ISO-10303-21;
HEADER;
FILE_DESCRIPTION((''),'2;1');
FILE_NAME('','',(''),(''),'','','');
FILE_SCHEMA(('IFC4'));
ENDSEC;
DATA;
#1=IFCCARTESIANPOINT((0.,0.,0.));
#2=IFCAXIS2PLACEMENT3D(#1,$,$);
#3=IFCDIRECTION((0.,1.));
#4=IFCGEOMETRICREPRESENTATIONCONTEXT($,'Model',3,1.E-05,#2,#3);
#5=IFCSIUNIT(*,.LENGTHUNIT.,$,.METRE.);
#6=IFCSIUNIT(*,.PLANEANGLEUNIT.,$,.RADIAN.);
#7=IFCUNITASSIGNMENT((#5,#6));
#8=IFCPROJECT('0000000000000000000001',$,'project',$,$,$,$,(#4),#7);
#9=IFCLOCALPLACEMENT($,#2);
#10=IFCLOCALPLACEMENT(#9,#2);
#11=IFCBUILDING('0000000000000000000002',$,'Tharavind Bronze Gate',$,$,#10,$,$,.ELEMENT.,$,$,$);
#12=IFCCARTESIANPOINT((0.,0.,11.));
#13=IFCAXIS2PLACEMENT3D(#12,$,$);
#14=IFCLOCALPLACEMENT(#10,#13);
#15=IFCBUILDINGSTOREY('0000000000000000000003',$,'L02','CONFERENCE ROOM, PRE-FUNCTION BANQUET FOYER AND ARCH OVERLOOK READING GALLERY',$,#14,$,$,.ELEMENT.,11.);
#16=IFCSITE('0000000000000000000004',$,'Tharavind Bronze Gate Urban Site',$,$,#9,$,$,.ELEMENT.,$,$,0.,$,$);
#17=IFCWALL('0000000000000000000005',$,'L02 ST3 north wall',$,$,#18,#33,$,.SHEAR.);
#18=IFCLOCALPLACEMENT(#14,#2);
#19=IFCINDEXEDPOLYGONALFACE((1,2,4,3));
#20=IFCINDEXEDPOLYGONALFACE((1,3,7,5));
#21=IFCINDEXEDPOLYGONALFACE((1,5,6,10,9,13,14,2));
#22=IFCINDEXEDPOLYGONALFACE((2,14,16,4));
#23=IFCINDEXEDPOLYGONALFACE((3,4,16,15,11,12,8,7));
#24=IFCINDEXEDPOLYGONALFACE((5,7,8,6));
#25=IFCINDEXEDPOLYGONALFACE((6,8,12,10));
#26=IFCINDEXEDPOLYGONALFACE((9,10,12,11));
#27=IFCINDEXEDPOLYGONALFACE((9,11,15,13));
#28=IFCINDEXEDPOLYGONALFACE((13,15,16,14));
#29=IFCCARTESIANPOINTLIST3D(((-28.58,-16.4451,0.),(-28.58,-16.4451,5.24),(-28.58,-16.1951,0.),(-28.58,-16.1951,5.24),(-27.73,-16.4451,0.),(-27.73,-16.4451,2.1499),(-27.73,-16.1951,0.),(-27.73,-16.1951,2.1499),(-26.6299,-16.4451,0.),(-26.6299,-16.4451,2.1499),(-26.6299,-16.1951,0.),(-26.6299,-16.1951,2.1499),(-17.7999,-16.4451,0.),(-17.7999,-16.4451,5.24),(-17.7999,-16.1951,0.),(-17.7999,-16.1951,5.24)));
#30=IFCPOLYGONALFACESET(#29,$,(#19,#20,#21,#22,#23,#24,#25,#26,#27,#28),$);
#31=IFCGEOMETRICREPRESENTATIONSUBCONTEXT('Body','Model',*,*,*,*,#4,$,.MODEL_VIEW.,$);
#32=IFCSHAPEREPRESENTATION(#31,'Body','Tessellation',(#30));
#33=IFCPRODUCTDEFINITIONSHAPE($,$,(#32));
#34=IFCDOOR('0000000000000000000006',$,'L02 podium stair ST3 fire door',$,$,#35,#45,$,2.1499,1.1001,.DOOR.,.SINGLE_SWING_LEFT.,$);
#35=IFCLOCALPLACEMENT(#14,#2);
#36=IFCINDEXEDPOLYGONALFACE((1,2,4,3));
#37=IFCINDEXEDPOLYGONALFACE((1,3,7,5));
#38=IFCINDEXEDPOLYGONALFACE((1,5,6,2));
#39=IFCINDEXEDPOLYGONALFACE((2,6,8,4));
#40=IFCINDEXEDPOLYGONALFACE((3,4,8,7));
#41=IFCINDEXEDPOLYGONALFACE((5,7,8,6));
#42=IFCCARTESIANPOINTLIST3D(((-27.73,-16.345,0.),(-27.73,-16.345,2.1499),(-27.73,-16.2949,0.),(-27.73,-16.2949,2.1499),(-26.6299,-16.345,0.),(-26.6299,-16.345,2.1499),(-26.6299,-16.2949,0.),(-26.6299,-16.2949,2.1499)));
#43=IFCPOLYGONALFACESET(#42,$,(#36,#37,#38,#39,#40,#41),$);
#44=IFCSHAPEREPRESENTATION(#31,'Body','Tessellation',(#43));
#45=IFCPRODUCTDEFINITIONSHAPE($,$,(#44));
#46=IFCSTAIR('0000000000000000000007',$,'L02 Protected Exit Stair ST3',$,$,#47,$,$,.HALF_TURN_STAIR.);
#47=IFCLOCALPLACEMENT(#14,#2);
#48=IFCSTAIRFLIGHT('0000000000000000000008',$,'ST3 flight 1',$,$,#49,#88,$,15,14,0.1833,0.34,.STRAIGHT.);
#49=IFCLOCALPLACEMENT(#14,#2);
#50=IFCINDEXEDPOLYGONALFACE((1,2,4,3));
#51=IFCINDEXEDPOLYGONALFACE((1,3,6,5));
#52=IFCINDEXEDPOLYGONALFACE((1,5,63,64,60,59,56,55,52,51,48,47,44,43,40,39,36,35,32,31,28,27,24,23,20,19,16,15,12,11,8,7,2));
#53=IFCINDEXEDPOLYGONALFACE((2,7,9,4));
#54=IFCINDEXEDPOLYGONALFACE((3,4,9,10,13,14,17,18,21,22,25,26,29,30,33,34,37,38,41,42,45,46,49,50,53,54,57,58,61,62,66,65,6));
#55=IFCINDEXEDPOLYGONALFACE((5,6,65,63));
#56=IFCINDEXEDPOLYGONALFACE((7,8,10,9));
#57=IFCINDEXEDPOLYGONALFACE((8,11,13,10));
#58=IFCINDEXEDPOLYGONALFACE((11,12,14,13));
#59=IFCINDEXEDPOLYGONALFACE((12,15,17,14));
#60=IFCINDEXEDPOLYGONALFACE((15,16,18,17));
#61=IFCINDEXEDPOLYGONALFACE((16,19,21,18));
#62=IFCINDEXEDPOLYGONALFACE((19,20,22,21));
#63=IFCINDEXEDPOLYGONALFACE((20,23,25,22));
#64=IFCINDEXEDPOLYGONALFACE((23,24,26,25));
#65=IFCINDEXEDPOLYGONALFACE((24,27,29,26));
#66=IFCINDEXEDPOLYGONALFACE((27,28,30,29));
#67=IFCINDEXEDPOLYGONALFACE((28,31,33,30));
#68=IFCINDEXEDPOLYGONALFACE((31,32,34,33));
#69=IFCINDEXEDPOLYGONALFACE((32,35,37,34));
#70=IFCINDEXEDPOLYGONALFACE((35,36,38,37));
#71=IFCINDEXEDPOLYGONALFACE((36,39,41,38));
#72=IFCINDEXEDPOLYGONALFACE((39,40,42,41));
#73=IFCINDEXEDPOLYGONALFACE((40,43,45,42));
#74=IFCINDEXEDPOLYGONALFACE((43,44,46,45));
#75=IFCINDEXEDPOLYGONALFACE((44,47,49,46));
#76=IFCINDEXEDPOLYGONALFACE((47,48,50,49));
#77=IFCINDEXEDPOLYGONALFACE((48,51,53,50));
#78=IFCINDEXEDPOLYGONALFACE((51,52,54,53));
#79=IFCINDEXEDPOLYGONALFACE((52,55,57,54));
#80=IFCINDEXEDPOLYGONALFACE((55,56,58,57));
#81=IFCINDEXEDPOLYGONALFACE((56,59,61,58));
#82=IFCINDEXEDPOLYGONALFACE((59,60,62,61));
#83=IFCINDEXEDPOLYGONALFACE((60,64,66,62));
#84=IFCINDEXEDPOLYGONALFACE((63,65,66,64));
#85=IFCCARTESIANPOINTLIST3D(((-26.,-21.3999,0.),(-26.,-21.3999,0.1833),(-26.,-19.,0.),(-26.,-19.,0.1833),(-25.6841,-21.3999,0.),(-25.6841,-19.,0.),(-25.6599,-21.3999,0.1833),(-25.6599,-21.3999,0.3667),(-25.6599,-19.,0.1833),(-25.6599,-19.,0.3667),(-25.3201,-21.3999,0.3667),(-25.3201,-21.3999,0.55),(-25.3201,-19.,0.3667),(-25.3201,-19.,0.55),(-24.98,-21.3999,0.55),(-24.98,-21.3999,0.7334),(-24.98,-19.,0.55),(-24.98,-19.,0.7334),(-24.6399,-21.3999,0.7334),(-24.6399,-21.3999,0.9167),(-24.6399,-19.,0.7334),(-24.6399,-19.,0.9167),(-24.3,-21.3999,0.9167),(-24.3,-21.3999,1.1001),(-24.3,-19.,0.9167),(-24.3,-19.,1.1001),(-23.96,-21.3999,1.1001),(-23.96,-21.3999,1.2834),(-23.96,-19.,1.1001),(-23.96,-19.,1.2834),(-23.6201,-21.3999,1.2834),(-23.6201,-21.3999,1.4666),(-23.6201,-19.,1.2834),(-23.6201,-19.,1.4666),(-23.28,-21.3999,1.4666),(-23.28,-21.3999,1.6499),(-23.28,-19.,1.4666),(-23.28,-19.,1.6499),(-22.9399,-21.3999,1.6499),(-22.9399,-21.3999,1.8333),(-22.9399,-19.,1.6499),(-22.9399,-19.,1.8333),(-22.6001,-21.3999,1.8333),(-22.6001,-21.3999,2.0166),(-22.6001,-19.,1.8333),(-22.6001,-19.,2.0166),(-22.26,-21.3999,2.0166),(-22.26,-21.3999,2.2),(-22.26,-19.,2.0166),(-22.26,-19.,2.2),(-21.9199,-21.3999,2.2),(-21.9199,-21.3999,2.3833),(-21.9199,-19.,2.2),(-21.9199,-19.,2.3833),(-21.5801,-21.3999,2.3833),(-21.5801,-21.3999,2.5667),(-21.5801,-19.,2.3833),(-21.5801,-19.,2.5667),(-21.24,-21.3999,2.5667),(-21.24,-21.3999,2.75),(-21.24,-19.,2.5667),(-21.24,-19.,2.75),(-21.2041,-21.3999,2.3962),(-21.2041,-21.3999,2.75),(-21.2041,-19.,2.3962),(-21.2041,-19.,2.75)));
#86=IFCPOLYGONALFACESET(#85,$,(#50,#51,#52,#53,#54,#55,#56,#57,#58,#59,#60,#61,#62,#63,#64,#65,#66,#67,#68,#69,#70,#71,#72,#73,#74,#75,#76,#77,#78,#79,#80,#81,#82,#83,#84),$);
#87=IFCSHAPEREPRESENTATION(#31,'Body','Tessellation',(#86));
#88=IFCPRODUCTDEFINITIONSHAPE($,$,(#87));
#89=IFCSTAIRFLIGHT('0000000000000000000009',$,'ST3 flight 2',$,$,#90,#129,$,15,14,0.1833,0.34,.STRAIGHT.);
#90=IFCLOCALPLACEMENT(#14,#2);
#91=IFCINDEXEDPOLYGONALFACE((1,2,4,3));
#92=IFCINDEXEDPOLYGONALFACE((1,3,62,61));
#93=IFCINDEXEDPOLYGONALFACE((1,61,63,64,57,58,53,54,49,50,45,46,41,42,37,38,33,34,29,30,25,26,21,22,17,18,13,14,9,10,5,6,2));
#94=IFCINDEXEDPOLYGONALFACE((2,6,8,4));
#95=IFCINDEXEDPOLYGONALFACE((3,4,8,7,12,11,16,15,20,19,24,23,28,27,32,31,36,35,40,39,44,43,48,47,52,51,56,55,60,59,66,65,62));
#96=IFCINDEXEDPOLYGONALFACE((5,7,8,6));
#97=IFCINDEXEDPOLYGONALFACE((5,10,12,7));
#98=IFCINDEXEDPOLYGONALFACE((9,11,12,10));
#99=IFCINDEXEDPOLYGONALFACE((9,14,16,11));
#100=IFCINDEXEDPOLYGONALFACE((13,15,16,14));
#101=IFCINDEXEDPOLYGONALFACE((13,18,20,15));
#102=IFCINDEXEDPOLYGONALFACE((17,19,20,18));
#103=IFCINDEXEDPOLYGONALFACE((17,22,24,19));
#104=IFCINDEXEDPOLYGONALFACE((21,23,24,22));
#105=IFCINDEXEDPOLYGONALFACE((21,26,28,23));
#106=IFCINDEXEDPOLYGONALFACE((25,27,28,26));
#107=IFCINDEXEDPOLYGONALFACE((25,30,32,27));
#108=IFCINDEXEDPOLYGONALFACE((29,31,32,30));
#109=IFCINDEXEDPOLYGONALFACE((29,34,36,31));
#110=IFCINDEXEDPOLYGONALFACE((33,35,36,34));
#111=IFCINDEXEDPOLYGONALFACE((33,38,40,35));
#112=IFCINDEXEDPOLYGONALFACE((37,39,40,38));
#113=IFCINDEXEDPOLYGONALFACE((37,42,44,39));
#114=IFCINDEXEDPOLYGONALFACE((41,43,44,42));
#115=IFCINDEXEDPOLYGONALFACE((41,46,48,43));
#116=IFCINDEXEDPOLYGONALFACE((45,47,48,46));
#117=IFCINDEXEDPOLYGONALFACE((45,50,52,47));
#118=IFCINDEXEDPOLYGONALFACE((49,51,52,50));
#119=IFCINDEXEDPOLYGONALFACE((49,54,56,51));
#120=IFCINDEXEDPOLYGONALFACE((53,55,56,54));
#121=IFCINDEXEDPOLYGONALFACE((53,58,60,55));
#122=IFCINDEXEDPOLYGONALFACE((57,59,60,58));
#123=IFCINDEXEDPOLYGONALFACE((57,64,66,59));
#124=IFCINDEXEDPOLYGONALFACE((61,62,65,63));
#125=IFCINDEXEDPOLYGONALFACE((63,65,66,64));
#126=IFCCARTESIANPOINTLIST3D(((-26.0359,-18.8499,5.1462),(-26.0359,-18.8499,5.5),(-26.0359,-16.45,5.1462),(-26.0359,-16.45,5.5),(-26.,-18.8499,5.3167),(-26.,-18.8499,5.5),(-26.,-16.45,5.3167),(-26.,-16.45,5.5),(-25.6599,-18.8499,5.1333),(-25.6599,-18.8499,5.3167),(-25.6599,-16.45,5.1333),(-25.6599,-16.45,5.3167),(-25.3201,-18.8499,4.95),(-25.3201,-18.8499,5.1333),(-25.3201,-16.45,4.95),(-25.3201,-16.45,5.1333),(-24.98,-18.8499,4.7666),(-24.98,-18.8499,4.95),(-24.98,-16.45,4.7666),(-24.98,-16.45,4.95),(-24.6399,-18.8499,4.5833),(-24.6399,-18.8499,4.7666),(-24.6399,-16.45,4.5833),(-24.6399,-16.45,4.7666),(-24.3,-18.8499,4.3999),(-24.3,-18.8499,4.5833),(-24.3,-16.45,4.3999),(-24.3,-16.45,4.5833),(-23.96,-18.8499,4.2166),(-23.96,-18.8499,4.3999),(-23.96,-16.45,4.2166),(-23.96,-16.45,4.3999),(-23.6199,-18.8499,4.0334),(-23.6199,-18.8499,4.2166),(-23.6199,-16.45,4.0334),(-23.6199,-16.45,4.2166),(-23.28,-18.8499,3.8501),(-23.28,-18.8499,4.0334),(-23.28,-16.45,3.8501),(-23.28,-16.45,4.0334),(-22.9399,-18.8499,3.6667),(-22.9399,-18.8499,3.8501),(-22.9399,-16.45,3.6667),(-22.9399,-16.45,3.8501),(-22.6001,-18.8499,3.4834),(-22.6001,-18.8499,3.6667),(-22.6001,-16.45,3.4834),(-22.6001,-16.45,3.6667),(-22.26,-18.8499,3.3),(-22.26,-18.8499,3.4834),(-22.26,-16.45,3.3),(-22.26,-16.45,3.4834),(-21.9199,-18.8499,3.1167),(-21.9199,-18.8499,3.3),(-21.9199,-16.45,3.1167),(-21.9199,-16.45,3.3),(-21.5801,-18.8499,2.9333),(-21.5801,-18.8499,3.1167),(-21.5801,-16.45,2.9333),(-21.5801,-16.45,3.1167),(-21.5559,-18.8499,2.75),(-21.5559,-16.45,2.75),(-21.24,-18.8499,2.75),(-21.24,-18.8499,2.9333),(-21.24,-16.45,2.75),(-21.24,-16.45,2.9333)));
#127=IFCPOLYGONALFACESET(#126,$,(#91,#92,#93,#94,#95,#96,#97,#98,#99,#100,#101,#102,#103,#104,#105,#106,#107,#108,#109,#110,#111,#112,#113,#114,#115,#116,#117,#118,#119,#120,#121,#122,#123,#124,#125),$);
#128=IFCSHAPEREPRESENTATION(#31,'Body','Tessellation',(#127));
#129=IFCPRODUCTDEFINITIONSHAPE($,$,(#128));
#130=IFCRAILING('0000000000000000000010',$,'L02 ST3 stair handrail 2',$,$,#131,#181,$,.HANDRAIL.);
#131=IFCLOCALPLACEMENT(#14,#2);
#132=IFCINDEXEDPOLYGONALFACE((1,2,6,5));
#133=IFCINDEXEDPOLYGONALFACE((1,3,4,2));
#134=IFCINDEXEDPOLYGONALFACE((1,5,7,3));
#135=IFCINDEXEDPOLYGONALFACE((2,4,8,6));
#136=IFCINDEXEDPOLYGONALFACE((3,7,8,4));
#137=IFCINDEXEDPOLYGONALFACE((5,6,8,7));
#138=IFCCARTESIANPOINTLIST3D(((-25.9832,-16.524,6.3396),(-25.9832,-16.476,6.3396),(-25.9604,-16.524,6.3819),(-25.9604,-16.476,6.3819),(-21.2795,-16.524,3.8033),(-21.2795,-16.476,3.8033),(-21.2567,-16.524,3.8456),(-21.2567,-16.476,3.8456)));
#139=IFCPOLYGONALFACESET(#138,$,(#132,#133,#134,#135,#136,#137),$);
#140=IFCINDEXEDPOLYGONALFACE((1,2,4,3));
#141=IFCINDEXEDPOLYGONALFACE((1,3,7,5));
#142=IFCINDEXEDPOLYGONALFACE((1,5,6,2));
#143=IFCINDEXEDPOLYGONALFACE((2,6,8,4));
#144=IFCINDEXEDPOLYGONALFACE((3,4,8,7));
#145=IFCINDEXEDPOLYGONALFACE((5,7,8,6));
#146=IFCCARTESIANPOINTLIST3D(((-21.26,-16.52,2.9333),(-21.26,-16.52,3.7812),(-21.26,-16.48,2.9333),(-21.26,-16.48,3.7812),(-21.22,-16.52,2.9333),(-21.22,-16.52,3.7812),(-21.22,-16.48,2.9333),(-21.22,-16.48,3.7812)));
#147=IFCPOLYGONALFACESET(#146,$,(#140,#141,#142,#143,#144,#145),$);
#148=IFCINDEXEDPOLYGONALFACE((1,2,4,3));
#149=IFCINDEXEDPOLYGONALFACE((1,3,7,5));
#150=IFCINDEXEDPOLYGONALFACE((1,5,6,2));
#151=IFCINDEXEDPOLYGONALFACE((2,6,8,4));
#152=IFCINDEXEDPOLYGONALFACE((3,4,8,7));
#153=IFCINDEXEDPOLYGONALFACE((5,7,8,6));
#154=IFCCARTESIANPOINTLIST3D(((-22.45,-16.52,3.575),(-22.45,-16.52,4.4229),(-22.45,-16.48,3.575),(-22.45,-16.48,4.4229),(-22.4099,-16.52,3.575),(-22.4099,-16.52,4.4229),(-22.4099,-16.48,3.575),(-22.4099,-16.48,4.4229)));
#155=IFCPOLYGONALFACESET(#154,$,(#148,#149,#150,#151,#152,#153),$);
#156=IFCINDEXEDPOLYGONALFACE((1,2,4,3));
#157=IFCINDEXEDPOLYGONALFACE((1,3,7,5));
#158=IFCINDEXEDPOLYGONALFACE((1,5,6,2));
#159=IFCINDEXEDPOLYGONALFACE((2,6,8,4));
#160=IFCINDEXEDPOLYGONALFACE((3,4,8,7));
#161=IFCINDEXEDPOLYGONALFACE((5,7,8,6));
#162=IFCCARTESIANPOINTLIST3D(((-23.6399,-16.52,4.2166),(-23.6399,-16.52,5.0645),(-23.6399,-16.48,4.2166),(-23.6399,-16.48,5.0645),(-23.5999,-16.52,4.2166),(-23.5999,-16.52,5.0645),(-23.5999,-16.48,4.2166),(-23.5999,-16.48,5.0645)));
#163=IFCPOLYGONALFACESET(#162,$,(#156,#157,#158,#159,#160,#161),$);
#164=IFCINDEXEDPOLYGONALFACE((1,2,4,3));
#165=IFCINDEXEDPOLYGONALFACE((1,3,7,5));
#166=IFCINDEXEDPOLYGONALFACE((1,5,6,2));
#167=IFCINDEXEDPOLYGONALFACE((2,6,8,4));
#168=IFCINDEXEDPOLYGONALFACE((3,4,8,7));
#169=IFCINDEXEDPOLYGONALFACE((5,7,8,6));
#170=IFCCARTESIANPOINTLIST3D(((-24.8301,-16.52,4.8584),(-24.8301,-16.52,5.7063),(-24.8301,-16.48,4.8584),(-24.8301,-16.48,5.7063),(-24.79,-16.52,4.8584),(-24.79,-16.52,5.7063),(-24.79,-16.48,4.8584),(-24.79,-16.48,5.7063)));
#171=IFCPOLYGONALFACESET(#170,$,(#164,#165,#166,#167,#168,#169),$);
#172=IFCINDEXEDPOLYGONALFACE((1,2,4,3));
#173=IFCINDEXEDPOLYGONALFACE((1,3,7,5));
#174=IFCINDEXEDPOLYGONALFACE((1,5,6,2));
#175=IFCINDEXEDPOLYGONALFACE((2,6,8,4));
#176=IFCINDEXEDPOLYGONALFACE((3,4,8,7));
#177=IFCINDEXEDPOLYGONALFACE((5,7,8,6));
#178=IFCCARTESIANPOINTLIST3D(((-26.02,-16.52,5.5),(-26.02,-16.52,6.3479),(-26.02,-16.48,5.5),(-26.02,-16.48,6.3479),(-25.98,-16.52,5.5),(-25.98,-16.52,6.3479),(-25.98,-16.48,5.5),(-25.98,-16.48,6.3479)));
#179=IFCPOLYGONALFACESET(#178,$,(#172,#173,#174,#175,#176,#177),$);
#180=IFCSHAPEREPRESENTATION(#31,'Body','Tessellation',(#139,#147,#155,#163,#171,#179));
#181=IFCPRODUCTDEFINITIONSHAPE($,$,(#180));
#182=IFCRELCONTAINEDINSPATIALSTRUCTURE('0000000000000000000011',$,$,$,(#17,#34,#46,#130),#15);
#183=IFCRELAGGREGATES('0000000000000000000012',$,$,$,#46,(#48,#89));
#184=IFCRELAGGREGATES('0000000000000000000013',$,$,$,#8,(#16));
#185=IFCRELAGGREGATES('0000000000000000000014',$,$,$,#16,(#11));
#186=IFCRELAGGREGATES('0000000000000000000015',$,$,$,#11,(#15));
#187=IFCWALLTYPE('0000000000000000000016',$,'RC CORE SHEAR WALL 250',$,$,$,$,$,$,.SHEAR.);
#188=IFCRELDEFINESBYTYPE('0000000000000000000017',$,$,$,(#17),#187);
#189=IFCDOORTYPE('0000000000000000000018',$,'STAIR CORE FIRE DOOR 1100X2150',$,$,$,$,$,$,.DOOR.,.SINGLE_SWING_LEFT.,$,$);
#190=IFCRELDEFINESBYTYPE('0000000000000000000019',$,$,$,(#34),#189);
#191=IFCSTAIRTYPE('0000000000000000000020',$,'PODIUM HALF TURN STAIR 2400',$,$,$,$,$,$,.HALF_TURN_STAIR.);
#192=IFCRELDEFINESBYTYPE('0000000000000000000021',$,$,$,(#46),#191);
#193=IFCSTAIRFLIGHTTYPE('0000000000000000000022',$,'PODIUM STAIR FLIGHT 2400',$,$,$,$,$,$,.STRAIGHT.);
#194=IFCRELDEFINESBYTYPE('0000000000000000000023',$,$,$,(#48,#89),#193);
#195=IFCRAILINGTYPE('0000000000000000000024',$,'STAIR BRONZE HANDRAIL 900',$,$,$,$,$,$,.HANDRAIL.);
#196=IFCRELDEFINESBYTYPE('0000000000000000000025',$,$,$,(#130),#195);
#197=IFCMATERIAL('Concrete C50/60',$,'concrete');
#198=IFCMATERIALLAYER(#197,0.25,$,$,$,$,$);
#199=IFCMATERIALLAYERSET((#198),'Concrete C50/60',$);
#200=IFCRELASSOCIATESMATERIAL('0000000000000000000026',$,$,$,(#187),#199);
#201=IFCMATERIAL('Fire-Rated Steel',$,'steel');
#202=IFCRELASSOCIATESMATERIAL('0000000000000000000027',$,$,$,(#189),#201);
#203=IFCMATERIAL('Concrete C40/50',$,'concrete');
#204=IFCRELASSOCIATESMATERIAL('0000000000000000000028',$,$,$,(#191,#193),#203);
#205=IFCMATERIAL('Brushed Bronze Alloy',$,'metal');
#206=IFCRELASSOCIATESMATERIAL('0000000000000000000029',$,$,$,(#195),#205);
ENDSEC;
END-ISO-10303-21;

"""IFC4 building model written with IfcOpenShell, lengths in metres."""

from ifc_helpers import new_model, si_unit, direction, frame, frame_2d, origin, origin_2d, place, context, subcontext, project, spatial, polyline, rectangle, outline, extrude, material, layer, layer_set, type_object, element, fill, aggregate, save


model = new_model("IFC4")

# Units and contexts
model_context = context("Model", 3, precision=1e-05, world=origin(), true_north=direction((0.0, 1.0)))
body_context = subcontext(model_context, "Body", "Model", "MODEL_VIEW")
ifc_project = project(units=[si_unit("LENGTHUNIT", "METRE"), si_unit("PLANEANGLEUNIT", "RADIAN")], contexts=[model_context])

# Site, building, storey
site_placement = place(None, origin())
site = spatial("IfcSite", under=ifc_project, at=site_placement, Name="Tharavind Bronze Gate Urban Site", CompositionType="ELEMENT", RefElevation=0.0)
building_placement = place(site_placement, origin())
building = spatial("IfcBuilding", under=site, at=building_placement, Name="Tharavind Bronze Gate", CompositionType="ELEMENT")
storey_placement = place(building_placement, frame((0.0, 0.0, 11.0)))
storey = spatial("IfcBuildingStorey", under=building, at=storey_placement, Name="L02", Description="CONFERENCE ROOM, PRE-FUNCTION BANQUET FOYER AND ARCH OVERLOOK READING GALLERY", CompositionType="ELEMENT", Elevation=11.0)

# Wall, opening, door
ifc_material_1 = material(Name="Concrete C50/60", Category="concrete")
ifc_layer_1 = layer(ifc_material_1, 0.25)
ifc_layer_set_1 = layer_set([ifc_layer_1], Name="Concrete C50/60")
wall_type_1 = type_object("IfcWallType", Name="RC CORE SHEAR WALL 250", PredefinedType="SHEAR", material=ifc_layer_set_1)
wall_1_placement = place(storey_placement, frame((-28.5801, -16.3201, 0.0), z_axis=(0.0, 0.0, 1.0), x_axis=(1.0, 0.0, 0.0)))
wall_1 = element("IfcWall", 1, at=wall_1_placement, inside=storey, type_object=wall_type_1, Name="L02 ST3 north wall", PredefinedType="SHEAR", context=body_context, shape_type="SweptSolid", body=[
    extrude(rectangle(XDim=10.78, YDim=0.25, at=frame_2d((5.3901, 0.0))), origin(), (0.0, 0.0, 1.0), 5.24),
])
opening_1_placement = place(wall_1_placement, frame((0.8501, 0.0, 0.0)))
opening_1 = element("IfcOpeningElement", 2, at=opening_1_placement, cuts=wall_1, PredefinedType="OPENING", context=body_context, shape_type="SweptSolid", body=[
    extrude(rectangle(XDim=1.1001, YDim=2.1499, at=frame_2d((0.55, 1.075))), frame((0.0, 0.135, 0.0), z_axis=(0.0, -1.0, 0.0), x_axis=(1.0, 0.0, 0.0)), (0.0, 0.0, 1.0), 0.27),
])
ifc_material_2 = material(Name="Fire-Rated Steel", Category="steel")
door_type_1 = type_object("IfcDoorType", Name="STAIR CORE FIRE DOOR 1100X2150", OperationType="SINGLE_SWING_LEFT", PredefinedType="DOOR", material=ifc_material_2)
door_1_placement = place(opening_1_placement, frame((1.1001, 0.0, 0.0), z_axis=(0.0, 0.0, 1.0), x_axis=(-1.0, 0.0, 0.0)))
door_1 = element("IfcDoor", 3, at=door_1_placement, inside=storey, type_object=door_type_1, Name="L02 podium stair ST3 fire door", OperationType="SINGLE_SWING_LEFT", OverallHeight=2.1499, OverallWidth=1.1001, PredefinedType="DOOR", context=body_context, shape_type="SweptSolid", body=[
    extrude(rectangle(XDim=1.1001, YDim=2.1499, at=frame_2d((0.55, 1.075))), frame((0.0, 0.0249, 0.0), z_axis=(0.0, -1.0, 0.0), x_axis=(1.0, 0.0, 0.0)), (0.0, 0.0, 1.0), 0.05),
])
fill(opening_1, door_1)

# Stair, stair flights
ifc_material_3 = material(Name="Concrete C40/50", Category="concrete")
stair_type = type_object("IfcStairType", Name="PODIUM HALF TURN STAIR 2400", PredefinedType="HALF_TURN_STAIR", material=ifc_material_3)
stair_placement = place(storey_placement, origin())
stair = element("IfcStair", 4, at=stair_placement, inside=storey, type_object=stair_type, Name="L02 Protected Exit Stair ST3", PredefinedType="HALF_TURN_STAIR")
stair_flight_type = type_object("IfcStairFlightType", Name="PODIUM STAIR FLIGHT 2400", PredefinedType="STRAIGHT", material=ifc_material_3)
stair_flight_1_placement = place(storey_placement, frame((-26.0, -20.2, 0.0), z_axis=(0.0, 0.0, 1.0), x_axis=(1.0, 0.0, 0.0)))
stair_flight_1 = element("IfcStairFlight", 5, at=stair_flight_1_placement, type_object=stair_flight_type, Name="ST3 flight 1", NumberOfRisers=15, NumberOfTreads=14, PredefinedType="STRAIGHT", RiserHeight=0.1833, TreadLength=0.34, context=body_context, shape_type="SweptSolid", body=[
    extrude(outline(polyline([(0.0, 0.0), (0.0, 0.1833), (0.3401, 0.1833), (0.3401, 0.3667), (0.6799, 0.3667), (0.6799, 0.55), (1.02, 0.55), (1.02, 0.7334), (1.3601, 0.7334), (1.3601, 0.9167), (1.7, 0.9167), (1.7, 1.1001), (2.04, 1.1001), (2.04, 1.2834), (2.3799, 1.2834), (2.3799, 1.4666), (2.72, 1.4666), (2.72, 1.6499), (3.0601, 1.6499), (3.0601, 1.8333), (3.3999, 1.8333), (3.3999, 2.0166), (3.74, 2.0166), (3.74, 2.2), (4.0801, 2.2), (4.0801, 2.3833), (4.4199, 2.3833), (4.4199, 2.5667), (4.76, 2.5667), (4.76, 2.75), (4.7959, 2.75), (4.7959, 2.3962), (0.3159, 0.0), (0.0, 0.0)])), frame((0.0, 1.2, 0.0), z_axis=(0.0, -1.0, 0.0), x_axis=(1.0, 0.0, 0.0)), (0.0, 0.0, 1.0), 2.3999),
])
stair_flight_2_placement = place(storey_placement, frame((-21.24, -17.6499, 2.75), z_axis=(0.0, 0.0, 1.0), x_axis=(-1.0, 0.0, 0.0)))
stair_flight_2 = element("IfcStairFlight", 6, at=stair_flight_2_placement, type_object=stair_flight_type, Name="ST3 flight 2", NumberOfRisers=15, NumberOfTreads=14, PredefinedType="STRAIGHT", RiserHeight=0.1833, TreadLength=0.34, context=body_context, shape_type="SweptSolid", body=[
    extrude(outline(polyline([(0.0, 0.0), (0.0, 0.1833), (0.3401, 0.1833), (0.3401, 0.3667), (0.6799, 0.3667), (0.6799, 0.55), (1.02, 0.55), (1.02, 0.7334), (1.3601, 0.7334), (1.3601, 0.9167), (1.7, 0.9167), (1.7, 1.1001), (2.04, 1.1001), (2.04, 1.2834), (2.3799, 1.2834), (2.3799, 1.4666), (2.72, 1.4666), (2.72, 1.6499), (3.0601, 1.6499), (3.0601, 1.8333), (3.3999, 1.8333), (3.3999, 2.0166), (3.74, 2.0166), (3.74, 2.2), (4.0801, 2.2), (4.0801, 2.3833), (4.4199, 2.3833), (4.4199, 2.5667), (4.76, 2.5667), (4.76, 2.75), (4.7959, 2.75), (4.7959, 2.3962), (0.3159, 0.0), (0.0, 0.0)])), frame((0.0, 1.2, 0.0), z_axis=(0.0, -1.0, 0.0), x_axis=(1.0, 0.0, 0.0)), (0.0, 0.0, 1.0), 2.3999),
])
aggregate(stair, [stair_flight_1, stair_flight_2])

# Railing
ifc_material_4 = material(Name="Brushed Bronze Alloy", Category="metal")
railing_type_1 = type_object("IfcRailingType", Name="STAIR BRONZE HANDRAIL 900", PredefinedType="HANDRAIL", material=ifc_material_4)
railing_1_placement = place(storey_placement, frame((-21.24, -16.5, 2.9333)))
element("IfcRailing", 7, at=railing_1_placement, inside=storey, type_object=railing_type_1, Name="L02 ST3 stair handrail 2", PredefinedType="HANDRAIL", context=body_context, shape_type="SweptSolid", body=[
    extrude(rectangle(XDim=0.0481, YDim=0.0481, at=origin_2d()), frame((-0.0281, 0.0, 0.8911), z_axis=(-0.880196, 0.0, 0.474611), x_axis=(0.0, -1.0, 0.0)), (0.0, 0.0, 1.0), 5.344),
    extrude(rectangle(XDim=0.04, YDim=0.04, at=origin_2d()), origin(), (0.0, 0.0, 1.0), 0.8479),
    extrude(rectangle(XDim=0.04, YDim=0.04, at=origin_2d()), frame((-1.1899, 0.0, 0.6416)), (0.0, 0.0, 1.0), 0.8479),
    extrude(rectangle(XDim=0.04, YDim=0.04, at=origin_2d()), frame((-2.3799, 0.0, 1.2832)), (0.0, 0.0, 1.0), 0.8479),
    extrude(rectangle(XDim=0.04, YDim=0.04, at=origin_2d()), frame((-3.5701, 0.0, 1.925)), (0.0, 0.0, 1.0), 0.8479),
    extrude(rectangle(XDim=0.04, YDim=0.04, at=origin_2d()), frame((-4.76, 0.0, 2.5667)), (0.0, 0.0, 1.0), 0.8479),
])

save(model, "model.ifc")
